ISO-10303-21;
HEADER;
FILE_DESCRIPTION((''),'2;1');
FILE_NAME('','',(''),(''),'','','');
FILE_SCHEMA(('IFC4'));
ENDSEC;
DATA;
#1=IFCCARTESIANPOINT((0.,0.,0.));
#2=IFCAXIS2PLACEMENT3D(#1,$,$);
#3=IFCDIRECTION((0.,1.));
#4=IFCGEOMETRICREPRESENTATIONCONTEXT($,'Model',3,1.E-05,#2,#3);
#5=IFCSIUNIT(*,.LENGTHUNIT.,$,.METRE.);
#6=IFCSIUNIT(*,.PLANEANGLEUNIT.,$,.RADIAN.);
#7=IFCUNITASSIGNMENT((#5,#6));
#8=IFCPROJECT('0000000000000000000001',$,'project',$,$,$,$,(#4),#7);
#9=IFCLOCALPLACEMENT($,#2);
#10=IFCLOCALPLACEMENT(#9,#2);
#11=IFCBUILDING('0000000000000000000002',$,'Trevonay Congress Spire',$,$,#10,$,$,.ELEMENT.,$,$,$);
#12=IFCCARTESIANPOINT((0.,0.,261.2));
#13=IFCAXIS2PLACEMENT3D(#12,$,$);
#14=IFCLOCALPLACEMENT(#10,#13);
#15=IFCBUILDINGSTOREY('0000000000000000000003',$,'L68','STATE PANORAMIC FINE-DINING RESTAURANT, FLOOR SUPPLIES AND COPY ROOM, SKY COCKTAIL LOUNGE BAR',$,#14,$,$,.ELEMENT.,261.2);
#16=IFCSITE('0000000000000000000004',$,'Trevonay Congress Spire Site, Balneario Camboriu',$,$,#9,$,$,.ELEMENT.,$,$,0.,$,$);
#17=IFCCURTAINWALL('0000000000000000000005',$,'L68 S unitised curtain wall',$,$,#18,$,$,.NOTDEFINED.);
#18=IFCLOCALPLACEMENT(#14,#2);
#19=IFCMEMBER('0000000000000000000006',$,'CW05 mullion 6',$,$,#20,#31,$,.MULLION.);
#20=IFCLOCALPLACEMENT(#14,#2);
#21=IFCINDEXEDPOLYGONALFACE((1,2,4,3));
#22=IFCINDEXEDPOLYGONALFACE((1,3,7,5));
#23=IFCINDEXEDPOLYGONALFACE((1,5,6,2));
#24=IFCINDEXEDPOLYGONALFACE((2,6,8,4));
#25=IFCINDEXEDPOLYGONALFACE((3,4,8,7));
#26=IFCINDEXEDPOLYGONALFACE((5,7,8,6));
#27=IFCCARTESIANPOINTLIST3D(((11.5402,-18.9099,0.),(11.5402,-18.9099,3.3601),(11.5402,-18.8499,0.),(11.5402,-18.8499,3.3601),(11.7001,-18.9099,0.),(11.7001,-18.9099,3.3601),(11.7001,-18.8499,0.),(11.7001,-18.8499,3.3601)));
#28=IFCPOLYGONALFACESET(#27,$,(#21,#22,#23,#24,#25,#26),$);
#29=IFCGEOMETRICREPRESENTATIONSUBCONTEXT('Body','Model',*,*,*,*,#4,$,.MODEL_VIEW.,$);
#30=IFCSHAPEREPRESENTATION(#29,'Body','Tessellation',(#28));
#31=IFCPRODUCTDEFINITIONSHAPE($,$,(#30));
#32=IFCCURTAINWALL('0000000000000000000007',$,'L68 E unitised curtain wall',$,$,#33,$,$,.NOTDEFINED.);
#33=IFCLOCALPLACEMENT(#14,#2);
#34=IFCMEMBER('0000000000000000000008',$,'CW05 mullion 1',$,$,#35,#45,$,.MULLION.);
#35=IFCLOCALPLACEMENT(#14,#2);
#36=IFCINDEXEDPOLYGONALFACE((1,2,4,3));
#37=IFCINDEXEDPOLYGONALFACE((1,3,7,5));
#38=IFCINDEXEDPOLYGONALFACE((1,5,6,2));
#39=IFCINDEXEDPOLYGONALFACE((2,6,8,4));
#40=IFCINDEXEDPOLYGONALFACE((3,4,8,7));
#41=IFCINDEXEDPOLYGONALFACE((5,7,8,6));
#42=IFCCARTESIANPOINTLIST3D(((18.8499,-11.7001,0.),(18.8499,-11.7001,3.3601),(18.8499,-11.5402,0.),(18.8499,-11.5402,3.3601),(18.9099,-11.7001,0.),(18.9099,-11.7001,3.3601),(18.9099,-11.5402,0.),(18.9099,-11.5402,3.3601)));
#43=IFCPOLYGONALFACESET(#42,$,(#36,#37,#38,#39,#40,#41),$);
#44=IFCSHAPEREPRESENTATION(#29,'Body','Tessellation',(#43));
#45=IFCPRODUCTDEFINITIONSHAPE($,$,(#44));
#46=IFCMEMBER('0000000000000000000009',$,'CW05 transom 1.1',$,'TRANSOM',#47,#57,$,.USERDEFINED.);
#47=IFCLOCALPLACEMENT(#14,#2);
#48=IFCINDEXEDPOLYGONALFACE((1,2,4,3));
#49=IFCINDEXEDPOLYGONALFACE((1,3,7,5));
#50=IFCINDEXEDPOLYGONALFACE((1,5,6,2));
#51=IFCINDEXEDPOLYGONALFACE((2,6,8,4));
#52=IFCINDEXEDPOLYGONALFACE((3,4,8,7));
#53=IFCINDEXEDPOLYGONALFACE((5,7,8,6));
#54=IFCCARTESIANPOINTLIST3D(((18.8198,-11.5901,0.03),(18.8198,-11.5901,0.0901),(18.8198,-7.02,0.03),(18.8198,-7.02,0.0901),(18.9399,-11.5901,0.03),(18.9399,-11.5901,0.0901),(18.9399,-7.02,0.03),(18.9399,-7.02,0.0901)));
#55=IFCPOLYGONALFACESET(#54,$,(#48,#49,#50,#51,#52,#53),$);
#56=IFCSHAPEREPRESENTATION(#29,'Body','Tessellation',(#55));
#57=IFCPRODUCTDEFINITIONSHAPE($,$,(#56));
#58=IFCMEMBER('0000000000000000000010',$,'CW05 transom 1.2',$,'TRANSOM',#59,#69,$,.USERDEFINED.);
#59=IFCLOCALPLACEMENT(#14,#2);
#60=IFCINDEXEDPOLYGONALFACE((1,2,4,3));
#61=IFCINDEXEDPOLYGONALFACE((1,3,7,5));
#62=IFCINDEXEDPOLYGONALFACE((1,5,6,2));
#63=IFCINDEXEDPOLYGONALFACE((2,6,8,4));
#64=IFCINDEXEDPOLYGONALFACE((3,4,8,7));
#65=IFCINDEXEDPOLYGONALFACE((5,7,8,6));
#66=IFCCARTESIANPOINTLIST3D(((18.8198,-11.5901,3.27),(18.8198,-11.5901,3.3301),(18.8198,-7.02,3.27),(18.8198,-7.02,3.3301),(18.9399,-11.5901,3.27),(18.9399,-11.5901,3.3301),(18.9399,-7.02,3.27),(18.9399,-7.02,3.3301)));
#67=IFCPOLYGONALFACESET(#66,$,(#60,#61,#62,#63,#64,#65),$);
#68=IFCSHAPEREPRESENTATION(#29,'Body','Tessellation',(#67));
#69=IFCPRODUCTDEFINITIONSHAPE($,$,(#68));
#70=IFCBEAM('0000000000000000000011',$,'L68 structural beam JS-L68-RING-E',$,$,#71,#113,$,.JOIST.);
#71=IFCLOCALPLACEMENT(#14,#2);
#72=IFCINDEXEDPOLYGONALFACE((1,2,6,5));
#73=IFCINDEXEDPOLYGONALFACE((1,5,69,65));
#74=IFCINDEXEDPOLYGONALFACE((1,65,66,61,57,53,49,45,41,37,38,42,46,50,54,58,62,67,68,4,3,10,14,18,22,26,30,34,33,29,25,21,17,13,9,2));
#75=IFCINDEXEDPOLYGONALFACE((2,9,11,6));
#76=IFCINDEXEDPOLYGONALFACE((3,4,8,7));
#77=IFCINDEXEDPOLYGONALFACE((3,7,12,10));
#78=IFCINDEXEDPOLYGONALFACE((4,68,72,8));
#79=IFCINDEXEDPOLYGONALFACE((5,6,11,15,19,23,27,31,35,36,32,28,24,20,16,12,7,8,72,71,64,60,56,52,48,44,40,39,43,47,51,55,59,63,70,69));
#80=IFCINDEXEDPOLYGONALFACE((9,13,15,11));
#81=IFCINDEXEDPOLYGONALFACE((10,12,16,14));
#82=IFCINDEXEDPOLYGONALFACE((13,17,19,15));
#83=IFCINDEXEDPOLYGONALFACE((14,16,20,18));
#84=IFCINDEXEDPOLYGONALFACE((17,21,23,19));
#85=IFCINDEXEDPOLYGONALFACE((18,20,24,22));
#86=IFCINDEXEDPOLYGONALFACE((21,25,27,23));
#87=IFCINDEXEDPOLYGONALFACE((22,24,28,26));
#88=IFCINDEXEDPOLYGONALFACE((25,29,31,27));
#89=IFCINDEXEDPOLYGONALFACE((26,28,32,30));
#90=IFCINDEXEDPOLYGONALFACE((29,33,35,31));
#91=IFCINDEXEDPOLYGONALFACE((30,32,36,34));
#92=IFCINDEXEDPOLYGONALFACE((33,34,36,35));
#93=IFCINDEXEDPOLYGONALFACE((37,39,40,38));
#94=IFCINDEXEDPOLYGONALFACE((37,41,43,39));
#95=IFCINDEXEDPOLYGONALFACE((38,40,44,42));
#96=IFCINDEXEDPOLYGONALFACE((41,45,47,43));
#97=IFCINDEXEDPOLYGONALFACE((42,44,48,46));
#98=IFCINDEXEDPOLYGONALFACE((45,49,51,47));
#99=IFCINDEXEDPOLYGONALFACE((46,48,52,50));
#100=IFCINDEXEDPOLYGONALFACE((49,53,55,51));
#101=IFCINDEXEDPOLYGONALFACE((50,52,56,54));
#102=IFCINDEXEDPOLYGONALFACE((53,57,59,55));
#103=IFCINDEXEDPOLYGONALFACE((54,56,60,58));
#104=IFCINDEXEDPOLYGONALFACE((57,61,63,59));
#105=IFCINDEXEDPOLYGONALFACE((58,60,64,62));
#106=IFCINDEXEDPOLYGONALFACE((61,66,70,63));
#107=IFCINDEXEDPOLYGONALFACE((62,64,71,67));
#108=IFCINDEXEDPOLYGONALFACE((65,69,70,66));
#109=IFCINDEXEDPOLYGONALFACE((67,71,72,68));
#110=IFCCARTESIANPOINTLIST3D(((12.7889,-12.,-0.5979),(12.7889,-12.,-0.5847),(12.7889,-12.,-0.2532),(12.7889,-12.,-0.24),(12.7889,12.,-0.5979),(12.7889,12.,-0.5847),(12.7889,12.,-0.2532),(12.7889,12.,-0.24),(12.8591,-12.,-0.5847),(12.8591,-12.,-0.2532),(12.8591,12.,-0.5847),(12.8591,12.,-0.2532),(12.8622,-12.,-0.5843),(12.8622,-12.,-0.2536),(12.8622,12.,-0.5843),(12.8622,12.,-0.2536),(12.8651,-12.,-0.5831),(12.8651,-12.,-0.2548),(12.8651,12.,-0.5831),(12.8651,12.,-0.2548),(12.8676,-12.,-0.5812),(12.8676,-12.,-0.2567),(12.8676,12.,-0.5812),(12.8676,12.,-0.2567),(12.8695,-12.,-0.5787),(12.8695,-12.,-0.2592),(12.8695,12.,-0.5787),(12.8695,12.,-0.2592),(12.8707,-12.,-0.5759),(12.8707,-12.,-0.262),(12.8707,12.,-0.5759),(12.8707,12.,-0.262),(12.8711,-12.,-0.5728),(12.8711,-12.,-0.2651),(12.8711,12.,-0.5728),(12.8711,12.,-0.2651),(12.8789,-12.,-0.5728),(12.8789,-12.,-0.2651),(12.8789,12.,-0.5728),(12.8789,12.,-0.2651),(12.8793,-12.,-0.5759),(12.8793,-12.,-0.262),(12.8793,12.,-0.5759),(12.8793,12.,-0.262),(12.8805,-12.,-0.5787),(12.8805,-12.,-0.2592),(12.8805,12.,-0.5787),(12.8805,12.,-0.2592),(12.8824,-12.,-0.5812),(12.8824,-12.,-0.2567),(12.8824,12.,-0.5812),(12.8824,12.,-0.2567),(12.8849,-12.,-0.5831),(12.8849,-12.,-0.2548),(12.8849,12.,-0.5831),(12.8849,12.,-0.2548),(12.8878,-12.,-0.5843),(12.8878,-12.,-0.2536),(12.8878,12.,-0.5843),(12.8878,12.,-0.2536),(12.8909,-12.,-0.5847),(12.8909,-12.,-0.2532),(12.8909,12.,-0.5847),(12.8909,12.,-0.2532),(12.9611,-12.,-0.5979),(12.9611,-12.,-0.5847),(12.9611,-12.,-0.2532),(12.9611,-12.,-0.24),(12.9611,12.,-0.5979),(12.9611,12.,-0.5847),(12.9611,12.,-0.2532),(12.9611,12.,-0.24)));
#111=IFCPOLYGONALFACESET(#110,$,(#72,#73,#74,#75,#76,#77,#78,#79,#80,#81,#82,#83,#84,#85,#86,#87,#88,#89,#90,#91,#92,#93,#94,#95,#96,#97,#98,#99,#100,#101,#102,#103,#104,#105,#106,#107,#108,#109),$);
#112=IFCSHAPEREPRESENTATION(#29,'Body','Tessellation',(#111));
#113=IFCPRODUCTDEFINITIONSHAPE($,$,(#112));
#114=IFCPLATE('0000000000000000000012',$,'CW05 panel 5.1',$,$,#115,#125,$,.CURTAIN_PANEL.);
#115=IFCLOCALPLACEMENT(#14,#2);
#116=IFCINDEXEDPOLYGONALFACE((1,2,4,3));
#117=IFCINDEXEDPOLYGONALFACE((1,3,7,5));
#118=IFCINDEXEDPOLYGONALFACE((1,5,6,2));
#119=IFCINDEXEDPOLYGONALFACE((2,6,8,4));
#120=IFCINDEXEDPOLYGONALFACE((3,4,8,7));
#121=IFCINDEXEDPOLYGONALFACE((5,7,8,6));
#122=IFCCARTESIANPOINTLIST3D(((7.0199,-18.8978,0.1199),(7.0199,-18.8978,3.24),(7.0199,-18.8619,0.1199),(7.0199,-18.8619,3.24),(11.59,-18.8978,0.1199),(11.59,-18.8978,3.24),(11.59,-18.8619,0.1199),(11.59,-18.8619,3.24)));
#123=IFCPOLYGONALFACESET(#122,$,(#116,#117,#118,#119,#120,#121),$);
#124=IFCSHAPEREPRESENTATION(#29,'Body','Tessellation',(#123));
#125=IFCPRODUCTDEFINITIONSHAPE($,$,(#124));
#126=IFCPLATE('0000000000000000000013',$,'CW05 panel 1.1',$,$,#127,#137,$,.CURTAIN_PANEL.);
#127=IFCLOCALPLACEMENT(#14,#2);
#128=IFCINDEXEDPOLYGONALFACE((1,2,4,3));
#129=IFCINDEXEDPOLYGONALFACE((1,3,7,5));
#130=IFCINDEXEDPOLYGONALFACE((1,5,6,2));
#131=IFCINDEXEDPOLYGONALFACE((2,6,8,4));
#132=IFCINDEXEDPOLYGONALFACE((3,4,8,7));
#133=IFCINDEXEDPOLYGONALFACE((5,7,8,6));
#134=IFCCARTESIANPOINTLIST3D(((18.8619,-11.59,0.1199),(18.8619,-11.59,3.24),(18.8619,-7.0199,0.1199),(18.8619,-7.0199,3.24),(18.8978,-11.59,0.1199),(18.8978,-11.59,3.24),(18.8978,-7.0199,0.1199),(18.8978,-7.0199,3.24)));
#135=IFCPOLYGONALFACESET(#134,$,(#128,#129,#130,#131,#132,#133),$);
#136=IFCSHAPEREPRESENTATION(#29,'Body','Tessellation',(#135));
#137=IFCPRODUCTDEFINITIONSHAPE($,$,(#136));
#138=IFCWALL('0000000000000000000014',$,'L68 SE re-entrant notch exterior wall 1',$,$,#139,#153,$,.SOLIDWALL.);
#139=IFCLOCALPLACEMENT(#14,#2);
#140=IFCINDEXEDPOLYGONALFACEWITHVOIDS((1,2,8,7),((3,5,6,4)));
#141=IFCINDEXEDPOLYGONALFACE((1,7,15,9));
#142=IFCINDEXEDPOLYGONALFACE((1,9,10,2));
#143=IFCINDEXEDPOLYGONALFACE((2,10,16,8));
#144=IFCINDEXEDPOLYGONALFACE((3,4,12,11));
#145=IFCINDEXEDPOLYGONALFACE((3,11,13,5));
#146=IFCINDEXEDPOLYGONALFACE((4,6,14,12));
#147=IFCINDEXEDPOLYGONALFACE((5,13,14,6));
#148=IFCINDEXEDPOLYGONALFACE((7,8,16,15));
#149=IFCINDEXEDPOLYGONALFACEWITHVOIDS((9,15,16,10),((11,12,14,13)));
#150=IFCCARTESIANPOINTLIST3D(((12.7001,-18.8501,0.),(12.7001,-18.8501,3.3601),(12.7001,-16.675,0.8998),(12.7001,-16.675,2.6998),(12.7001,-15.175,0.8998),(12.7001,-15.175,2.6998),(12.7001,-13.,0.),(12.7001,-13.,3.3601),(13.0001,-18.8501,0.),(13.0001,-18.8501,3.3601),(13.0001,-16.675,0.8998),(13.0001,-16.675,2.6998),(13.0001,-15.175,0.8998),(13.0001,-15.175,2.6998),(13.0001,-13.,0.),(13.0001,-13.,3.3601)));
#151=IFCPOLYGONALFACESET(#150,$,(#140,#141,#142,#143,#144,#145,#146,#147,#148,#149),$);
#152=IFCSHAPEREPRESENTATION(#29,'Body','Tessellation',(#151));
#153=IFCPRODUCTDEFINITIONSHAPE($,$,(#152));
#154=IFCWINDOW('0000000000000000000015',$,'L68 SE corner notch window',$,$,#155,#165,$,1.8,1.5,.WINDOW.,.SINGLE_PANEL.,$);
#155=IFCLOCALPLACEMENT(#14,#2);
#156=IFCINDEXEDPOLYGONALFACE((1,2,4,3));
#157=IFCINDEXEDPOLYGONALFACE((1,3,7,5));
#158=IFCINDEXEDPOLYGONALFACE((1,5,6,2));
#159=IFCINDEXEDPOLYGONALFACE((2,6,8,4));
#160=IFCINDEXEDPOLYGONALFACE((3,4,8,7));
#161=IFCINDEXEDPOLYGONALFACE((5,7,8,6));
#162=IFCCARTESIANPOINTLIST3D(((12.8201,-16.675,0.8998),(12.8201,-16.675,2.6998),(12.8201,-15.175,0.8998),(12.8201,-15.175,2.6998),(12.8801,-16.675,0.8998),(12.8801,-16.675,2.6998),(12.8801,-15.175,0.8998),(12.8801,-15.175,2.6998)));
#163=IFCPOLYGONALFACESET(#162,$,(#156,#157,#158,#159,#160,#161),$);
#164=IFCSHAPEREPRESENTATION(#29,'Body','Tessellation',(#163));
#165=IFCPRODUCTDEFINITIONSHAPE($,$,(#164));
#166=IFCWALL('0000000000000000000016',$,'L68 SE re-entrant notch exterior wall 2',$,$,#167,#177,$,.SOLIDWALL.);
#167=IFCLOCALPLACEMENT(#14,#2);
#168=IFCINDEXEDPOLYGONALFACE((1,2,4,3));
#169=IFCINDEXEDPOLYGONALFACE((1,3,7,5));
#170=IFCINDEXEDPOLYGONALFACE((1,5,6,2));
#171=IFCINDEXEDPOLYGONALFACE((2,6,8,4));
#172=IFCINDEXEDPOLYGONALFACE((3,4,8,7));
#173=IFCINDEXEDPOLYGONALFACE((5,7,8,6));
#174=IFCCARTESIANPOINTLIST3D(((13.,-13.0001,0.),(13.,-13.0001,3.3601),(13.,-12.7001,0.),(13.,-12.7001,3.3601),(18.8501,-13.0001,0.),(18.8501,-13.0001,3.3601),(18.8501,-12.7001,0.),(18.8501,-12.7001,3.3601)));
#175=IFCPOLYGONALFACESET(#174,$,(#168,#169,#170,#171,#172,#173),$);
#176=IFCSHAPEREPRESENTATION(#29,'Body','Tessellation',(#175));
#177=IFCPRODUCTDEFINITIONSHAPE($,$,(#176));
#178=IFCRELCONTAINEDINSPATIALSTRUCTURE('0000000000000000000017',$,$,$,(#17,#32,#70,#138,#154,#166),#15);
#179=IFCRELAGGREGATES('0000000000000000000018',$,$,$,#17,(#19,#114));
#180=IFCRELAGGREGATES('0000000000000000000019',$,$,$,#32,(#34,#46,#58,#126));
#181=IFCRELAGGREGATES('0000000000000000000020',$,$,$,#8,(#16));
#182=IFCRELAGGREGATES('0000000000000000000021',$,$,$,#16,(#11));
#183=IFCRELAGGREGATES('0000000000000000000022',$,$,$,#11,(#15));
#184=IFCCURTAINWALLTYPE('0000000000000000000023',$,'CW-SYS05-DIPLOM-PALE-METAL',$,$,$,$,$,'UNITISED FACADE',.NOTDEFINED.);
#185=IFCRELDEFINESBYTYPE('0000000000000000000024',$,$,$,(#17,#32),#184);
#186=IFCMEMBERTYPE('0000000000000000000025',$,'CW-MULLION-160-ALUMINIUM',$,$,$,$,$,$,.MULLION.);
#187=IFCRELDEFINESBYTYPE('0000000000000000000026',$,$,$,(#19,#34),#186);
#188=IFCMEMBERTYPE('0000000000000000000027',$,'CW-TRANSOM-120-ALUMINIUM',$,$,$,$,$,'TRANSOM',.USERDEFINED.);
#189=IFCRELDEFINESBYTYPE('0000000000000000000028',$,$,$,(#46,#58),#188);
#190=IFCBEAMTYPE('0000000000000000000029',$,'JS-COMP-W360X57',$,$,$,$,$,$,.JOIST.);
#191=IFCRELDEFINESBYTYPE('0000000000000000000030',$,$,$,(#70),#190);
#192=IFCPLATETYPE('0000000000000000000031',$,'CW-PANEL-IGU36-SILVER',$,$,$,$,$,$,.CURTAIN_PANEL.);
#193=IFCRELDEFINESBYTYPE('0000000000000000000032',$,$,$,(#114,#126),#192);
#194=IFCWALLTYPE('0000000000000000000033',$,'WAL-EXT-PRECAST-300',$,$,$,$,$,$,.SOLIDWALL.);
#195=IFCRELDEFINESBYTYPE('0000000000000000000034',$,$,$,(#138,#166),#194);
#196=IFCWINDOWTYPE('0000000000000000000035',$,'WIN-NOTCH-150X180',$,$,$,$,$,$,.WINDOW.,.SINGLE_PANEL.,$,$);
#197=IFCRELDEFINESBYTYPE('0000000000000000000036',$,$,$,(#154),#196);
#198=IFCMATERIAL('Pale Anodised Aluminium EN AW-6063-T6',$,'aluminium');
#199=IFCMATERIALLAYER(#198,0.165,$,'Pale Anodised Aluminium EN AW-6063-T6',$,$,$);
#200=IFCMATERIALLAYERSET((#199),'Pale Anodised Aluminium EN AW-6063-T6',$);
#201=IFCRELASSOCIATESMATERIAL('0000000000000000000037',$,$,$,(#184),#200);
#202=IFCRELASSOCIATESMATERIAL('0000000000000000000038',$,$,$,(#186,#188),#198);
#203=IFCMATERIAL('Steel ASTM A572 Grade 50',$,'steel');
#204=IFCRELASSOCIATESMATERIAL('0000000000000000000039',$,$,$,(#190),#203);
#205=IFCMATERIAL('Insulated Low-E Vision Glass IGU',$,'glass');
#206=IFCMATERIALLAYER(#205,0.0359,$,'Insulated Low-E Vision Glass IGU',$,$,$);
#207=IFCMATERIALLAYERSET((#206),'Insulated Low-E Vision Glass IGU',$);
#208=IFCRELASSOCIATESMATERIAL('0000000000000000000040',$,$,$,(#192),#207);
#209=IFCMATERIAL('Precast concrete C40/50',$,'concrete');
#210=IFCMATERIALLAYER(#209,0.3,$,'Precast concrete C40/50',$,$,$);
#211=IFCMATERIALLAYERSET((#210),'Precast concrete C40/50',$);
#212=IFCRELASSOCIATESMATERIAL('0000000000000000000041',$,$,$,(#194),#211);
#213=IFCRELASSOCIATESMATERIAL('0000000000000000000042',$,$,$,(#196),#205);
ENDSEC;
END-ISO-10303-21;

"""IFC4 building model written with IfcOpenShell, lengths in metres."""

from ifc_helpers import new_model, si_unit, direction, frame, frame_2d, origin, origin_2d, place, context, subcontext, project, spatial, rectangle, i_section, extrude, material, layer, layer_set, material_profile, profile_set, type_object, element, fill, aggregate, save


model = new_model("IFC4")

# Units and contexts
model_context = context("Model", 3, precision=1e-05, world=origin(), true_north=direction((0.0, 1.0)))
body_context = subcontext(model_context, "Body", "Model", "MODEL_VIEW")
ifc_project = project(units=[si_unit("LENGTHUNIT", "METRE"), si_unit("PLANEANGLEUNIT", "RADIAN")], contexts=[model_context])

# Site, building, storey
site_placement = place(None, origin())
site = spatial("IfcSite", under=ifc_project, at=site_placement, Name="Trevonay Congress Spire Site, Balneario Camboriu", CompositionType="ELEMENT", RefElevation=0.0)
building_placement = place(site_placement, origin())
building = spatial("IfcBuilding", under=site, at=building_placement, Name="Trevonay Congress Spire", CompositionType="ELEMENT")
storey_placement = place(building_placement, frame((0.0, 0.0, 261.2)))
storey = spatial("IfcBuildingStorey", under=building, at=storey_placement, Name="L68", Description="STATE PANORAMIC FINE-DINING RESTAURANT, FLOOR SUPPLIES AND COPY ROOM, SKY COCKTAIL LOUNGE BAR", CompositionType="ELEMENT", Elevation=261.2)

# Shared definitions
ifc_material_1 = material(Name="Steel ASTM A572 Grade 50", Category="steel")

# Curtain wall, member
ifc_material_2 = material(Name="Pale Anodised Aluminium EN AW-6063-T6", Category="aluminium")
ifc_layer_1 = layer(ifc_material_2, 0.165, Name="Pale Anodised Aluminium EN AW-6063-T6")
ifc_layer_set_1 = layer_set([ifc_layer_1], Name="Pale Anodised Aluminium EN AW-6063-T6")
curtain_wall_type = type_object("IfcCurtainWallType", Name="CW-SYS05-DIPLOM-PALE-METAL", ElementType="UNITISED FACADE", PredefinedType="NOTDEFINED", material=ifc_layer_set_1)
curtain_wall_1_placement = place(storey_placement, origin())
curtain_wall_1 = element("IfcCurtainWall", 1, at=curtain_wall_1_placement, inside=storey, type_object=curtain_wall_type, Name="L68 S unitised curtain wall", PredefinedType="NOTDEFINED")
ifc_material_profile_1 = material_profile(ifc_material_2, rectangle(XDim=0.0601, YDim=0.1599, at=origin_2d()), Name="CW-MULLION-160-ALUMINIUM")
ifc_profile_set_1 = profile_set([ifc_material_profile_1], Name="Pale Anodised Aluminium EN AW-6063-T6")
member_type_1 = type_object("IfcMemberType", Name="CW-MULLION-160-ALUMINIUM", PredefinedType="MULLION", material=ifc_profile_set_1)
member_1_placement = place(storey_placement, frame((11.6201, -18.8799, 0.0), z_axis=(0.0, 0.0, 1.0), x_axis=(0.0, 1.0, 0.0)))
member_1 = element("IfcMember", 2, at=member_1_placement, type_object=member_type_1, Name="CW05 mullion 6", PredefinedType="MULLION", context=body_context, shape_type="SweptSolid", body=[
    extrude(rectangle(XDim=0.0601, YDim=0.1599, at=origin_2d()), origin(), (0.0, 0.0, 1.0), 3.3601),
])

# Curtain wall, members
curtain_wall_2_placement = place(storey_placement, origin())
curtain_wall_2 = element("IfcCurtainWall", 3, at=curtain_wall_2_placement, inside=storey, type_object=curtain_wall_type, Name="L68 E unitised curtain wall", PredefinedType="NOTDEFINED")
member_2_placement = place(storey_placement, frame((18.8799, -11.6201, 0.0), z_axis=(0.0, 0.0, 1.0), x_axis=(-1.0, 0.0, 0.0)))
member_2 = element("IfcMember", 4, at=member_2_placement, type_object=member_type_1, Name="CW05 mullion 1", PredefinedType="MULLION", context=body_context, shape_type="SweptSolid", body=[
    extrude(rectangle(XDim=0.0601, YDim=0.1599, at=origin_2d()), origin(), (0.0, 0.0, 1.0), 3.3601),
])
ifc_material_profile_2 = material_profile(ifc_material_2, rectangle(XDim=0.1201, YDim=0.0601, at=origin_2d()), Name="CW-TRANSOM-120-ALUMINIUM")
ifc_profile_set_2 = profile_set([ifc_material_profile_2], Name="Pale Anodised Aluminium EN AW-6063-T6")
member_type_2 = type_object("IfcMemberType", Name="CW-TRANSOM-120-ALUMINIUM", ElementType="TRANSOM", PredefinedType="USERDEFINED", material=ifc_profile_set_2)
member_3_placement = place(storey_placement, frame((18.8799, -11.5901, 0.0601), z_axis=(0.0, 1.0, 0.0), x_axis=(-1.0, 0.0, 0.0)))
member_3 = element("IfcMember", 5, at=member_3_placement, type_object=member_type_2, Name="CW05 transom 1.1", ObjectType="TRANSOM", PredefinedType="USERDEFINED", context=body_context, shape_type="SweptSolid", body=[
    extrude(rectangle(XDim=0.1201, YDim=0.0601, at=origin_2d()), origin(), (0.0, 0.0, 1.0), 4.5701),
])
member_4_placement = place(storey_placement, frame((18.8799, -11.5901, 3.3), z_axis=(0.0, 1.0, 0.0), x_axis=(-1.0, 0.0, 0.0)))
member_4 = element("IfcMember", 6, at=member_4_placement, type_object=member_type_2, Name="CW05 transom 1.2", ObjectType="TRANSOM", PredefinedType="USERDEFINED", context=body_context, shape_type="SweptSolid", body=[
    extrude(rectangle(XDim=0.1201, YDim=0.0601, at=origin_2d()), origin(), (0.0, 0.0, 1.0), 4.5701),
])

# Beam
ifc_material_profile_3 = material_profile(ifc_material_1, i_section(OverallWidth=0.1721, OverallDepth=0.3579, WebThickness=0.0078, FlangeThickness=0.0132, FilletRadius=0.012, at=origin_2d()), Name="W360x57.8")
ifc_profile_set_3 = profile_set([ifc_material_profile_3], Name="Steel ASTM A572 Grade 50")
beam_type_1 = type_object("IfcBeamType", Name="JS-COMP-W360X57", PredefinedType="JOIST", material=ifc_profile_set_3)
beam_1_placement = place(storey_placement, frame((12.875, -12.0, -0.4189), z_axis=(0.0, 1.0, 0.0), x_axis=(-1.0, 0.0, 0.0)))
element("IfcBeam", 7, at=beam_1_placement, inside=storey, type_object=beam_type_1, Name="L68 structural beam JS-L68-RING-E", PredefinedType="JOIST", context=body_context, shape_type="SweptSolid", body=[
    extrude(i_section(OverallWidth=0.1721, OverallDepth=0.3579, WebThickness=0.0078, FlangeThickness=0.0132, FilletRadius=0.012, at=origin_2d()), origin(), (0.0, 0.0, 1.0), 24.0),
])

# Plates
ifc_material_3 = material(Name="Insulated Low-E Vision Glass IGU", Category="glass")
ifc_layer_2 = layer(ifc_material_3, 0.0359, Name="Insulated Low-E Vision Glass IGU")
ifc_layer_set_2 = layer_set([ifc_layer_2], Name="Insulated Low-E Vision Glass IGU")
plate_type = type_object("IfcPlateType", Name="CW-PANEL-IGU36-SILVER", PredefinedType="CURTAIN_PANEL", material=ifc_layer_set_2)
plate_1_placement = place(storey_placement, frame((9.3049, -18.8799, 0.1199), z_axis=(0.0, 0.0, 1.0), x_axis=(1.0, 0.0, 0.0)))
plate_1 = element("IfcPlate", 8, at=plate_1_placement, type_object=plate_type, Name="CW05 panel 5.1", PredefinedType="CURTAIN_PANEL", context=body_context, shape_type="SweptSolid", body=[
    extrude(rectangle(XDim=4.5701, YDim=0.0359, at=origin_2d()), origin(), (0.0, 0.0, 1.0), 3.1201),
])
aggregate(curtain_wall_1, [member_1, plate_1])
plate_2_placement = place(storey_placement, frame((18.8799, -9.3049, 0.1199), z_axis=(0.0, 0.0, 1.0), x_axis=(0.0, 1.0, 0.0)))
plate_2 = element("IfcPlate", 9, at=plate_2_placement, type_object=plate_type, Name="CW05 panel 1.1", PredefinedType="CURTAIN_PANEL", context=body_context, shape_type="SweptSolid", body=[
    extrude(rectangle(XDim=4.5701, YDim=0.0359, at=origin_2d()), origin(), (0.0, 0.0, 1.0), 3.1201),
])
aggregate(curtain_wall_2, [member_2, member_3, member_4, plate_2])

# Wall, opening, window
ifc_material_4 = material(Name="Precast concrete C40/50", Category="concrete")
ifc_layer_3 = layer(ifc_material_4, 0.3, Name="Precast concrete C40/50")
ifc_layer_set_3 = layer_set([ifc_layer_3], Name="Precast concrete C40/50")
wall_type_1 = type_object("IfcWallType", Name="WAL-EXT-PRECAST-300", PredefinedType="SOLIDWALL", material=ifc_layer_set_3)
wall_1_placement = place(storey_placement, frame((12.8501, -18.8501, 0.0), z_axis=(0.0, 0.0, 1.0), x_axis=(0.0, 1.0, 0.0)))
wall_1 = element("IfcWall", 10, at=wall_1_placement, inside=storey, type_object=wall_type_1, Name="L68 SE re-entrant notch exterior wall 1", PredefinedType="SOLIDWALL", context=body_context, shape_type="SweptSolid", body=[
    extrude(rectangle(XDim=5.8501, YDim=0.3, at=frame_2d((2.925, 0.0))), origin(), (0.0, 0.0, 1.0), 3.3601),
])
opening_placement = place(wall_1_placement, frame((2.175, 0.0, 0.8999)))
opening = element("IfcOpeningElement", 11, at=opening_placement, cuts=wall_1, PredefinedType="OPENING", context=body_context, shape_type="SweptSolid", body=[
    extrude(rectangle(XDim=1.5, YDim=1.8, at=frame_2d((0.75, 0.8999))), frame((0.0, 0.1602, 0.0), z_axis=(0.0, -1.0, 0.0), x_axis=(1.0, 0.0, 0.0)), (0.0, 0.0, 1.0), 0.3201),
])
window_type = type_object("IfcWindowType", Name="WIN-NOTCH-150X180", PartitioningType="SINGLE_PANEL", PredefinedType="WINDOW", material=ifc_material_3)
window_placement = place(opening_placement, origin())
window = element("IfcWindow", 12, at=window_placement, inside=storey, type_object=window_type, Name="L68 SE corner notch window", OverallHeight=1.8, OverallWidth=1.5, PartitioningType="SINGLE_PANEL", PredefinedType="WINDOW", context=body_context, shape_type="SweptSolid", body=[
    extrude(rectangle(XDim=1.5, YDim=1.8, at=frame_2d((0.75, 0.8999))), frame((0.0, 0.03, 0.0), z_axis=(0.0, -1.0, 0.0), x_axis=(1.0, 0.0, 0.0)), (0.0, 0.0, 1.0), 0.0601),
])
fill(opening, window)

# Wall
wall_2_placement = place(storey_placement, frame((18.8501, -12.8501, 0.0), z_axis=(0.0, 0.0, 1.0), x_axis=(-1.0, 0.0, 0.0)))
element("IfcWall", 13, at=wall_2_placement, inside=storey, type_object=wall_type_1, Name="L68 SE re-entrant notch exterior wall 2", PredefinedType="SOLIDWALL", context=body_context, shape_type="SweptSolid", body=[
    extrude(rectangle(XDim=5.8501, YDim=0.3, at=frame_2d((2.925, 0.0))), origin(), (0.0, 0.0, 1.0), 3.3601),
])

save(model, "model.ifc")
